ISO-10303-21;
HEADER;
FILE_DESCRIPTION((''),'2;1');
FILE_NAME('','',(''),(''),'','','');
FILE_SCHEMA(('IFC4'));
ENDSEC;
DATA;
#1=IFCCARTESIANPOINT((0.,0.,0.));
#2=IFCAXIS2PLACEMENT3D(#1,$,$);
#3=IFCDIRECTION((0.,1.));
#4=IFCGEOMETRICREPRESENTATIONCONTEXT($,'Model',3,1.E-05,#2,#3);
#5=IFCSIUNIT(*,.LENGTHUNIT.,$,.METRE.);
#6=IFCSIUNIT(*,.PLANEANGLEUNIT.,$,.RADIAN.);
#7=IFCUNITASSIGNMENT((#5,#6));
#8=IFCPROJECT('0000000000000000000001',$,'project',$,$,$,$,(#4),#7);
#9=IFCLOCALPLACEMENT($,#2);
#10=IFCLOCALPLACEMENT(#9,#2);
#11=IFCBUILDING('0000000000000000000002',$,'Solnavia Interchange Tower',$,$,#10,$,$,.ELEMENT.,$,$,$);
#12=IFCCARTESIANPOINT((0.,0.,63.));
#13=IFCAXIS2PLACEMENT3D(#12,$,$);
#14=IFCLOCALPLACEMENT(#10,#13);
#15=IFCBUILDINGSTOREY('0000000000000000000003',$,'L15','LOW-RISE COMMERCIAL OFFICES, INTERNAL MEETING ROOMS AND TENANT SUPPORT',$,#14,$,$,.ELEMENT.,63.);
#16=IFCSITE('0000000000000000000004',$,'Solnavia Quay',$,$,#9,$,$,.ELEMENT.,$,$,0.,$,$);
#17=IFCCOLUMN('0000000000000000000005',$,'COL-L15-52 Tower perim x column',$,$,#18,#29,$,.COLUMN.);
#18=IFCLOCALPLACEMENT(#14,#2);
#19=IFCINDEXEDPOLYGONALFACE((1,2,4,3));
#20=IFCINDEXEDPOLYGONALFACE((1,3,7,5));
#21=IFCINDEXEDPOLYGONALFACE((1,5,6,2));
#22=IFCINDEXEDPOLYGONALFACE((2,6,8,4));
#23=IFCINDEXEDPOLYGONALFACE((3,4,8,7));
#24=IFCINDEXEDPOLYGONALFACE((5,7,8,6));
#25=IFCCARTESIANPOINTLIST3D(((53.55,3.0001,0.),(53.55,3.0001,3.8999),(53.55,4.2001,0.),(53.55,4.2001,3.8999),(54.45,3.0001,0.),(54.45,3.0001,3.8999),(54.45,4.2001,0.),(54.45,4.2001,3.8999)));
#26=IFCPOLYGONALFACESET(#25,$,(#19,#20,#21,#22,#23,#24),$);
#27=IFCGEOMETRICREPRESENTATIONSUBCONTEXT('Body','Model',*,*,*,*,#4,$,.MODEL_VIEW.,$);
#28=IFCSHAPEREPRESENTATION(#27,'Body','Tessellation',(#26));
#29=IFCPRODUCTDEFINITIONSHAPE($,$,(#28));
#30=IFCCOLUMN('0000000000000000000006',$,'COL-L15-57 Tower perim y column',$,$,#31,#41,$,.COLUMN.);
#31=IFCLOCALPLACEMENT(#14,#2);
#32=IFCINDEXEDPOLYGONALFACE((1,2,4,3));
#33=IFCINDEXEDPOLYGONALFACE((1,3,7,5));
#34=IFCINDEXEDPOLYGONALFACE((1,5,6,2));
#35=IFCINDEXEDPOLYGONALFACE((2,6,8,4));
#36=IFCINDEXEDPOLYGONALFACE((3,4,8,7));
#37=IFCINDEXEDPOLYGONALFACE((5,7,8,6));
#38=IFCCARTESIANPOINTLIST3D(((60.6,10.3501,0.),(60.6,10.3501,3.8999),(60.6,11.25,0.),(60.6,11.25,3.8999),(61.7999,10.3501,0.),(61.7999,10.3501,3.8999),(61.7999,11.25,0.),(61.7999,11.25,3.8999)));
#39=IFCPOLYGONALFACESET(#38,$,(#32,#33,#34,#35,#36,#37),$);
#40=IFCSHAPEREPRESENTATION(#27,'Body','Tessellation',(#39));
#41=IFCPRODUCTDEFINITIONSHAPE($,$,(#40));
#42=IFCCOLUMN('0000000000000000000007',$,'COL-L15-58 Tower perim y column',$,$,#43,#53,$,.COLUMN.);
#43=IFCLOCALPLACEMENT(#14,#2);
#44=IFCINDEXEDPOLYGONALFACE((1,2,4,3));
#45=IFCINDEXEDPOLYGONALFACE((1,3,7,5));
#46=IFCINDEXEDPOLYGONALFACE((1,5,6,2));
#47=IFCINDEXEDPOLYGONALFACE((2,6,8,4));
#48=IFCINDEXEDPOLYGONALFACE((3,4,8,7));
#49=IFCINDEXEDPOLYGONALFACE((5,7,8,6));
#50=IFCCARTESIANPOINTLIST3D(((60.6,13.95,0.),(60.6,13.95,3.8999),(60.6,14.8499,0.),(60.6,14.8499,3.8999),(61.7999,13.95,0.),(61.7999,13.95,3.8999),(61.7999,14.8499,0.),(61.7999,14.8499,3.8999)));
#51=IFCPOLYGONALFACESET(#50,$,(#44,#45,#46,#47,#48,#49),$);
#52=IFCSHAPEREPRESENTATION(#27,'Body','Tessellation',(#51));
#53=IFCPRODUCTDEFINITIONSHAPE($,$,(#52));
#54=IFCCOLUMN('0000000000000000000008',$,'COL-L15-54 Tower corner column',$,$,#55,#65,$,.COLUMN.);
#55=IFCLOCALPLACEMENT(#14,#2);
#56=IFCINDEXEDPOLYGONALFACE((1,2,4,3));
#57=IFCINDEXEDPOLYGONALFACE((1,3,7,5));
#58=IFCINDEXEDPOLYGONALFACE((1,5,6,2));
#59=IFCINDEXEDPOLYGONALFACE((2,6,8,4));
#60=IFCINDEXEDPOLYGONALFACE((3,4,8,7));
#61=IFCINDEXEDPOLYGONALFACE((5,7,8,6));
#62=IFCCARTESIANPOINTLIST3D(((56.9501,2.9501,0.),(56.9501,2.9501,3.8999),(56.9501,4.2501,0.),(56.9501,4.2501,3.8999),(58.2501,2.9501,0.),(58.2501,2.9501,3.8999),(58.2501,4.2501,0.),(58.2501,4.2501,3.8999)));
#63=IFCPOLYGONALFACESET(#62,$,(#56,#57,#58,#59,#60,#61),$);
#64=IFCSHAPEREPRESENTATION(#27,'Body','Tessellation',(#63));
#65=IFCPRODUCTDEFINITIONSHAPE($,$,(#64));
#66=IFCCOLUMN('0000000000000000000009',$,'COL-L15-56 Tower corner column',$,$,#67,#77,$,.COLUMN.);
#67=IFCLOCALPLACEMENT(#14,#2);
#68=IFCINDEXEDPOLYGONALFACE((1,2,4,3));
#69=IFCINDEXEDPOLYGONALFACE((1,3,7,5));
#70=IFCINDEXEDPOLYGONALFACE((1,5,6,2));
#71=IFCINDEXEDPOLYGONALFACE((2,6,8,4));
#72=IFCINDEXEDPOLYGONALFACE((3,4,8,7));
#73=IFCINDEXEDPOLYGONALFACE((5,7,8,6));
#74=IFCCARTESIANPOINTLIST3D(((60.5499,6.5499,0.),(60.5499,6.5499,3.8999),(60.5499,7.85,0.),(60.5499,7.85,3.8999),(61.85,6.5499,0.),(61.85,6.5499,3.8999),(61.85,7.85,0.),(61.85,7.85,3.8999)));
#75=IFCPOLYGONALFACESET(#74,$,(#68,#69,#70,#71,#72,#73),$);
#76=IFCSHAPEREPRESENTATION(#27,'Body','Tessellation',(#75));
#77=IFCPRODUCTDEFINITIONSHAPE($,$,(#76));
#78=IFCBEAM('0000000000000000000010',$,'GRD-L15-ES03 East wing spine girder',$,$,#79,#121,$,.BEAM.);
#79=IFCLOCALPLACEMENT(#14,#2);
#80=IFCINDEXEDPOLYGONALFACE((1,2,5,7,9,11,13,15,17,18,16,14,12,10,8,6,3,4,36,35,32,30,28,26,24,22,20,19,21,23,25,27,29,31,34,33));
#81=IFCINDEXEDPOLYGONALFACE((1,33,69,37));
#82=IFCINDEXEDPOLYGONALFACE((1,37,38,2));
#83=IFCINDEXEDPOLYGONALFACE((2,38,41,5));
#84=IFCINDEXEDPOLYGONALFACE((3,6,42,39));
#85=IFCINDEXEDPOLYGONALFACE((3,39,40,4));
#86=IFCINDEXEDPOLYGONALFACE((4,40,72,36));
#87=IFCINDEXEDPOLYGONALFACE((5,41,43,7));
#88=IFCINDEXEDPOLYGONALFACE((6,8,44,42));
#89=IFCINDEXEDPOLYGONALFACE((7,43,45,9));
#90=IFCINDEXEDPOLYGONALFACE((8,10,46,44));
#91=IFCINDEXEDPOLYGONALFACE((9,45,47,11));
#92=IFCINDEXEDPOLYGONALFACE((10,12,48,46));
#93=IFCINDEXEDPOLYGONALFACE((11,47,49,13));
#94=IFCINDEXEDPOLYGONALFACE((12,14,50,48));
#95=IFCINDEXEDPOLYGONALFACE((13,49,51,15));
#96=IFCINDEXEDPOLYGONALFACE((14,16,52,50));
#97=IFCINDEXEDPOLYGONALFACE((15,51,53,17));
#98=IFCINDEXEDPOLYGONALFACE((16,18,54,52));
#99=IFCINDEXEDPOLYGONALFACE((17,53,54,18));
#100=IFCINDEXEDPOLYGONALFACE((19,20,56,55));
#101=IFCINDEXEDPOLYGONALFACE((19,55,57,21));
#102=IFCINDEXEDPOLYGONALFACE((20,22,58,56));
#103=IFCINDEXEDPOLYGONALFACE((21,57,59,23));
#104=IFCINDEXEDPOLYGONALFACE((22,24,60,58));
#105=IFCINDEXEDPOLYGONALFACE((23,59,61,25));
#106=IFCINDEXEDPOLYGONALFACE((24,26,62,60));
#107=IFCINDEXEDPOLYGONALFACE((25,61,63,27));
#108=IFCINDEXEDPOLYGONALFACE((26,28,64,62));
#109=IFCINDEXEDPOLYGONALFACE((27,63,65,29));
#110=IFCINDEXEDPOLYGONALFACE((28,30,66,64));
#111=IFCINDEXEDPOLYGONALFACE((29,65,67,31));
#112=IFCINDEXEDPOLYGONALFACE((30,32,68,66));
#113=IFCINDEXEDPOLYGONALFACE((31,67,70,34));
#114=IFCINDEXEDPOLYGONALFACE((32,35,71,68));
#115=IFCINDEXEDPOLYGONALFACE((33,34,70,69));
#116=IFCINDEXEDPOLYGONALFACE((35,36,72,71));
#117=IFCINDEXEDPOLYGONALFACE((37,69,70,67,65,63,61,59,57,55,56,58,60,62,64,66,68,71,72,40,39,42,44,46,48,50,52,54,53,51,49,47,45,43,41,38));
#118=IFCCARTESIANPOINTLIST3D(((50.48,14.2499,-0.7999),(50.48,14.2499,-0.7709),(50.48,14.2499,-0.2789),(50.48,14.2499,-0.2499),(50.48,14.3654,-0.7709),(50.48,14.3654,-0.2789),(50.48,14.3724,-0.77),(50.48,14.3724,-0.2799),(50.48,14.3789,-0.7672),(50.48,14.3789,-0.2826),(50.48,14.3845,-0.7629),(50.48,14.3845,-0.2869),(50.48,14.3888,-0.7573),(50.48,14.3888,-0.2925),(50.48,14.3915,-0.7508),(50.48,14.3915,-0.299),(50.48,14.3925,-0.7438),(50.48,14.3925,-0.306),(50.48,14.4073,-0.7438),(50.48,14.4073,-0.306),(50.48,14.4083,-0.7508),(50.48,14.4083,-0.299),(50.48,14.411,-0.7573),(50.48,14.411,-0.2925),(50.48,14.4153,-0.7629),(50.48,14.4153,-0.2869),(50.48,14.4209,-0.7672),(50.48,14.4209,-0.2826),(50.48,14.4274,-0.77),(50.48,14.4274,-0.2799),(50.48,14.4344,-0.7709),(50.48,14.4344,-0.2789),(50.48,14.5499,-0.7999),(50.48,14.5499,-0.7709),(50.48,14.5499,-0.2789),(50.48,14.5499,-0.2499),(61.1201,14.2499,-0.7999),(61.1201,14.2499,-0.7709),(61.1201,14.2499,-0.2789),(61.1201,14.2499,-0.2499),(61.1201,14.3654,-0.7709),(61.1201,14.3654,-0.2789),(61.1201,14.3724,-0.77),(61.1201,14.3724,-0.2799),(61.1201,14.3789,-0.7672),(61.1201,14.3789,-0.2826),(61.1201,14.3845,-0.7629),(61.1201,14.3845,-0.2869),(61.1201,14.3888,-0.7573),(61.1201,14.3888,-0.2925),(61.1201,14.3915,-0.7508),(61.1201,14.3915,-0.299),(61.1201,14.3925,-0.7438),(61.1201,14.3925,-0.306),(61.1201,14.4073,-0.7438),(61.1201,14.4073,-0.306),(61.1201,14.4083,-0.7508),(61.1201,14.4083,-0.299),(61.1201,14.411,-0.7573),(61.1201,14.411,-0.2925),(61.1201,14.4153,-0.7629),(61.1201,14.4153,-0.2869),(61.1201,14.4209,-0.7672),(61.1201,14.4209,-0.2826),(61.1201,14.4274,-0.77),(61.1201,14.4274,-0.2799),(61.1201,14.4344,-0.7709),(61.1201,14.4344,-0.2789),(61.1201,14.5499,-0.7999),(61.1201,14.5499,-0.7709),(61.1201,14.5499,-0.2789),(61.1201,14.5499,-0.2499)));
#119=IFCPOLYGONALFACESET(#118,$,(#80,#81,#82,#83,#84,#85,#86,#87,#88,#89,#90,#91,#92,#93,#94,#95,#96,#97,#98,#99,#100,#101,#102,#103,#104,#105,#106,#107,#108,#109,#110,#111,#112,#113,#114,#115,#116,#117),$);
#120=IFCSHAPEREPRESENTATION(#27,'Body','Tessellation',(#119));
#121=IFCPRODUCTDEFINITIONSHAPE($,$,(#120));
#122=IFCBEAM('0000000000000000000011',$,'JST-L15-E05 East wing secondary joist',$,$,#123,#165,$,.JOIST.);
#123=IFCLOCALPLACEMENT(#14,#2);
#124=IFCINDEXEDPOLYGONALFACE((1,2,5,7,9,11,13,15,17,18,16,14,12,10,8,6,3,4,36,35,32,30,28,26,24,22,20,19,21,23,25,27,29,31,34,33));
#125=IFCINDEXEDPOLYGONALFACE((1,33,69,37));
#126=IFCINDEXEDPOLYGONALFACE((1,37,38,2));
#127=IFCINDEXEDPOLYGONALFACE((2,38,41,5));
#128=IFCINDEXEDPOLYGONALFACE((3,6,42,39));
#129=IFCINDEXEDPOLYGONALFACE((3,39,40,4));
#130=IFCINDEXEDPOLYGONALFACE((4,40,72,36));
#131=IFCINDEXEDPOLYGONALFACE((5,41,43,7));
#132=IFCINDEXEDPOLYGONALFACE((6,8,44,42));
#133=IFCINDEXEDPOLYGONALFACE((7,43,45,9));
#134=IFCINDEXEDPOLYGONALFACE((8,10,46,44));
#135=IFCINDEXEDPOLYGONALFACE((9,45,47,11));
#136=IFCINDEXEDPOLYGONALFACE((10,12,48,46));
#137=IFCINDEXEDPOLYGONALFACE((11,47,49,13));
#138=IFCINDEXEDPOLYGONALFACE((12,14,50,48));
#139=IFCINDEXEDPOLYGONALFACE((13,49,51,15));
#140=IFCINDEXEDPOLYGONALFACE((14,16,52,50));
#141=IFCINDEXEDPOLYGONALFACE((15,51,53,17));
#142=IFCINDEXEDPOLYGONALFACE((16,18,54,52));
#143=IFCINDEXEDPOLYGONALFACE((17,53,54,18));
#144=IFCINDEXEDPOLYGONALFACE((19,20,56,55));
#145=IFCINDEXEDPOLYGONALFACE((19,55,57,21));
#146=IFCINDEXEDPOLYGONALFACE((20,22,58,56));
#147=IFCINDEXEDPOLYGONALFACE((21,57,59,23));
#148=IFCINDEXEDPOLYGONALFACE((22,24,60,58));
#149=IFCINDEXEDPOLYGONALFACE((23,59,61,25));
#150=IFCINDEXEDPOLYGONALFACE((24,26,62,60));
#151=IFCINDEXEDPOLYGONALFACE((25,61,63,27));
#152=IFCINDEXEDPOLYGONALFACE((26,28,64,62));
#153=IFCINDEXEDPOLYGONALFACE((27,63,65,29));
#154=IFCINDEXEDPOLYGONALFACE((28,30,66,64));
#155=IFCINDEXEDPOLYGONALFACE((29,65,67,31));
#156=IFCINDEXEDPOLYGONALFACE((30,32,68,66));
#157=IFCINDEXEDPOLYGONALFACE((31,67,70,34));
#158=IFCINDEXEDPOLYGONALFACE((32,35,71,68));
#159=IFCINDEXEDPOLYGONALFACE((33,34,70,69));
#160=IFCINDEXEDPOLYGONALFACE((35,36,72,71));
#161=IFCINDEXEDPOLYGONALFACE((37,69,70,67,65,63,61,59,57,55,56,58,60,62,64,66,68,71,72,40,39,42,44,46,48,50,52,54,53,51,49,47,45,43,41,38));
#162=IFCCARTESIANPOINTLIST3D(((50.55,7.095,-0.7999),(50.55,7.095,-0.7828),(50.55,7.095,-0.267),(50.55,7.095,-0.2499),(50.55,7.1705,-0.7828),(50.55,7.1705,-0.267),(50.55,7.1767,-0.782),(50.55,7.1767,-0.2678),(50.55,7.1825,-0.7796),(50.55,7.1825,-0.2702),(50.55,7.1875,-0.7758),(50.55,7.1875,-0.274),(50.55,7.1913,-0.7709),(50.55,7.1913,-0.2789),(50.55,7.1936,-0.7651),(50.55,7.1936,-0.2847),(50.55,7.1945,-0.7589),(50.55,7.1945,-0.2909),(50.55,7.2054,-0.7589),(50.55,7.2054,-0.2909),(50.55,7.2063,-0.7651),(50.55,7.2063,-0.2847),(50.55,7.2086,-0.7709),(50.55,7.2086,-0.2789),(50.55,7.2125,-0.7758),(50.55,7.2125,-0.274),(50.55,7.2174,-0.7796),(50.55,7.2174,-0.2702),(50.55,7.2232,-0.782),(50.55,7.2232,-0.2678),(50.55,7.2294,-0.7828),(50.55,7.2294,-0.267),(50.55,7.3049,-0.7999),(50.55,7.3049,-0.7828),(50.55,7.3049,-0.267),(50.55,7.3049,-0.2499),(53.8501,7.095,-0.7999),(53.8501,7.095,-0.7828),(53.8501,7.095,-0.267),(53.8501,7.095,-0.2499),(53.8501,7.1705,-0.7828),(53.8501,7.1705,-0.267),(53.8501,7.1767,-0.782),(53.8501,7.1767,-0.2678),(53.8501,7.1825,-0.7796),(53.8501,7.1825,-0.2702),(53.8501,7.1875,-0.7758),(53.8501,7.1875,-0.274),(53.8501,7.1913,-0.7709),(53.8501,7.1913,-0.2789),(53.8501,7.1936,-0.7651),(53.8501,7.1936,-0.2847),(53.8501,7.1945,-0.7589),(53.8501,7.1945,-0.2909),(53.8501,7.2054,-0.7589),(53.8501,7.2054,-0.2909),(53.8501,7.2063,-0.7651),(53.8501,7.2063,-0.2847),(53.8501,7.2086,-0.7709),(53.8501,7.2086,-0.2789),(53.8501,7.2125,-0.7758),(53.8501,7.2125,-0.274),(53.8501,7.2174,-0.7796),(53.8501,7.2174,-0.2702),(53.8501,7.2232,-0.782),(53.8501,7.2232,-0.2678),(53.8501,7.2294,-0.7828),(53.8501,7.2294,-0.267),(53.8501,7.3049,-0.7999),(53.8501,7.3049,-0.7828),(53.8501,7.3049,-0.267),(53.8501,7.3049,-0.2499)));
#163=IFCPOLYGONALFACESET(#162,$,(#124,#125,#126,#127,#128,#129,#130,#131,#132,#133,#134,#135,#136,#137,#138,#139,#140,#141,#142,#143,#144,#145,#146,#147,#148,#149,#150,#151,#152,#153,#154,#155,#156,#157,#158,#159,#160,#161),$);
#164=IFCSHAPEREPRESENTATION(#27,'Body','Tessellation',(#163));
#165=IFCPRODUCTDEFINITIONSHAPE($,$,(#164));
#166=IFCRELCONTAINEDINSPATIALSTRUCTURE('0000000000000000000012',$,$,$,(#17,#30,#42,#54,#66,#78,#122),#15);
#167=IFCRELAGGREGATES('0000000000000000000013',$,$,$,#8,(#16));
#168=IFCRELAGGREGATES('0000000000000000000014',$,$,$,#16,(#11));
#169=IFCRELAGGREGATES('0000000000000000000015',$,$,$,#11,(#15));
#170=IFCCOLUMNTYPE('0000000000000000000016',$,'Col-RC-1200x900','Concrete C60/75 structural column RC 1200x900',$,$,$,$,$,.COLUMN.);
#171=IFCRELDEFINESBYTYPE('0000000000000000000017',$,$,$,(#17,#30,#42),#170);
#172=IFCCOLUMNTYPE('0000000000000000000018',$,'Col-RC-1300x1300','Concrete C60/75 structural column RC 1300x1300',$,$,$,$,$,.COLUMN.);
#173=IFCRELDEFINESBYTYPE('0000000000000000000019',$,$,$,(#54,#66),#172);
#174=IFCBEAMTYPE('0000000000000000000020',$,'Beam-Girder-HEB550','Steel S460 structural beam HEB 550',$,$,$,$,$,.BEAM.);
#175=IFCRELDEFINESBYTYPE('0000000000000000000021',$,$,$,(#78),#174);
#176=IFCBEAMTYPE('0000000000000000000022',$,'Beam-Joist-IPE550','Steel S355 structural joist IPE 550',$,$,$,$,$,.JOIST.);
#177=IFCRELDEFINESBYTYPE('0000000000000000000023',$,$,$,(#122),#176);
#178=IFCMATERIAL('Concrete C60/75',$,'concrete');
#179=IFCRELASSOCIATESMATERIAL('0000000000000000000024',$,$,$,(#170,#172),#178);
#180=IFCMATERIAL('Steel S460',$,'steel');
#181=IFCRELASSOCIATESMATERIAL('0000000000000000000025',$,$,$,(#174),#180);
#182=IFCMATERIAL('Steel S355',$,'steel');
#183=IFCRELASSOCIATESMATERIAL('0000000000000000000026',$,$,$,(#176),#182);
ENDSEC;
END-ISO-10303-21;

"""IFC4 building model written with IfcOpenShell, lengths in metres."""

from ifc_helpers import new_model, si_unit, direction, frame, origin, origin_2d, place, context, subcontext, project, spatial, rectangle, i_section, extrude, material, material_profile, profile_set, type_object, element, save


model = new_model("IFC4")

# Units and contexts
model_context = context("Model", 3, precision=1e-05, world=origin(), true_north=direction((0.0, 1.0)))
body_context = subcontext(model_context, "Body", "Model", "MODEL_VIEW")
ifc_project = project(units=[si_unit("LENGTHUNIT", "METRE"), si_unit("PLANEANGLEUNIT", "RADIAN")], contexts=[model_context])

# Site, building, storey
site_placement = place(None, origin())
site = spatial("IfcSite", under=ifc_project, at=site_placement, Name="Solnavia Quay", CompositionType="ELEMENT", RefElevation=0.0)
building_placement = place(site_placement, origin())
building = spatial("IfcBuilding", under=site, at=building_placement, Name="Solnavia Interchange Tower", CompositionType="ELEMENT")
storey_placement = place(building_placement, frame((0.0, 0.0, 63.0)))
storey = spatial("IfcBuildingStorey", under=building, at=storey_placement, Name="L15", Description="LOW-RISE COMMERCIAL OFFICES, INTERNAL MEETING ROOMS AND TENANT SUPPORT", CompositionType="ELEMENT", Elevation=63.0)

# Columns
ifc_material_1 = material(Name="Concrete C60/75", Category="concrete")
ifc_material_profile_1 = material_profile(ifc_material_1, rectangle(XDim=0.8999, YDim=1.2, at=origin_2d()), Name="RC 1200x900")
ifc_profile_set_1 = profile_set([ifc_material_profile_1], Name="Concrete C60/75")
column_type_1 = type_object("IfcColumnType", Name="Col-RC-1200x900", Description="Concrete C60/75 structural column RC 1200x900", PredefinedType="COLUMN", material=ifc_profile_set_1)
for number, where, z_axis, x_axis, name in (
    (1, (54.0, 3.6001, 0.0), (0.0, 0.0, 1.0), (1.0, 0.0, 0.0), "COL-L15-52 Tower perim x column"),
    (2, (61.2, 10.8, 0.0), (0.0, 0.0, 1.0), (0.0, 1.0, 0.0), "COL-L15-57 Tower perim y column"),
    (3, (61.2, 14.3999, 0.0), (0.0, 0.0, 1.0), (0.0, 1.0, 0.0), "COL-L15-58 Tower perim y column"),
):
    element("IfcColumn", number, at=place(storey_placement, frame(where, z_axis=z_axis, x_axis=x_axis)), inside=storey, type_object=column_type_1, Name=name, PredefinedType="COLUMN", context=body_context, shape_type="SweptSolid", body=[
        extrude(rectangle(XDim=0.8999, YDim=1.2, at=origin_2d()), origin(), (0.0, 0.0, 1.0), 3.8999),
    ])
ifc_material_profile_2 = material_profile(ifc_material_1, rectangle(XDim=1.3, YDim=1.3, at=origin_2d()), Name="RC 1300x1300")
ifc_profile_set_2 = profile_set([ifc_material_profile_2], Name="Concrete C60/75")
column_type_2 = type_object("IfcColumnType", Name="Col-RC-1300x1300", Description="Concrete C60/75 structural column RC 1300x1300", PredefinedType="COLUMN", material=ifc_profile_set_2)
for number, where, z_axis, x_axis, name in (
    (4, (57.6001, 3.6001, 0.0), (0.0, 0.0, 1.0), (1.0, 0.0, 0.0), "COL-L15-54 Tower corner column"),
    (5, (61.2, 7.2, 0.0), (0.0, 0.0, 1.0), (1.0, 0.0, 0.0), "COL-L15-56 Tower corner column"),
):
    element("IfcColumn", number, at=place(storey_placement, frame(where, z_axis=z_axis, x_axis=x_axis)), inside=storey, type_object=column_type_2, Name=name, PredefinedType="COLUMN", context=body_context, shape_type="SweptSolid", body=[
        extrude(rectangle(XDim=1.3, YDim=1.3, at=origin_2d()), origin(), (0.0, 0.0, 1.0), 3.8999),
    ])

# Beams
ifc_material_2 = material(Name="Steel S460", Category="steel")
ifc_material_profile_3 = material_profile(ifc_material_2, i_section(OverallWidth=0.3, OverallDepth=0.55, WebThickness=0.0149, FlangeThickness=0.0291, FilletRadius=0.0271, at=origin_2d()), Name="HEB 550")
ifc_profile_set_3 = profile_set([ifc_material_profile_3], Name="Steel S460")
beam_type_1 = type_object("IfcBeamType", Name="Beam-Girder-HEB550", Description="Steel S460 structural beam HEB 550", PredefinedType="BEAM", material=ifc_profile_set_3)
beam_1_placement = place(storey_placement, frame((50.48, 14.3999, -0.5249), z_axis=(1.0, 0.0, 0.0), x_axis=(0.0, 1.0, 0.0)))
element("IfcBeam", 6, at=beam_1_placement, inside=storey, type_object=beam_type_1, Name="GRD-L15-ES03 East wing spine girder", PredefinedType="BEAM", context=body_context, shape_type="SweptSolid", body=[
    extrude(i_section(OverallWidth=0.3, OverallDepth=0.55, WebThickness=0.0149, FlangeThickness=0.0291, FilletRadius=0.0271, at=origin_2d()), origin(), (0.0, 0.0, 1.0), 10.6401),
])
ifc_material_3 = material(Name="Steel S355", Category="steel")
ifc_material_profile_4 = material_profile(ifc_material_3, i_section(OverallWidth=0.21, OverallDepth=0.55, WebThickness=0.011, FlangeThickness=0.0171, FilletRadius=0.0239, at=origin_2d()), Name="IPE 550")
ifc_profile_set_4 = profile_set([ifc_material_profile_4], Name="Steel S355")
beam_type_2 = type_object("IfcBeamType", Name="Beam-Joist-IPE550", Description="Steel S355 structural joist IPE 550", PredefinedType="JOIST", material=ifc_profile_set_4)
beam_2_placement = place(storey_placement, frame((50.55, 7.2, -0.5249), z_axis=(1.0, 0.0, 0.0), x_axis=(0.0, 1.0, 0.0)))
element("IfcBeam", 7, at=beam_2_placement, inside=storey, type_object=beam_type_2, Name="JST-L15-E05 East wing secondary joist", PredefinedType="JOIST", context=body_context, shape_type="SweptSolid", body=[
    extrude(i_section(OverallWidth=0.21, OverallDepth=0.55, WebThickness=0.011, FlangeThickness=0.0171, FilletRadius=0.0239, at=origin_2d()), origin(), (0.0, 0.0, 1.0), 3.3),
])

save(model, "model.ifc")
